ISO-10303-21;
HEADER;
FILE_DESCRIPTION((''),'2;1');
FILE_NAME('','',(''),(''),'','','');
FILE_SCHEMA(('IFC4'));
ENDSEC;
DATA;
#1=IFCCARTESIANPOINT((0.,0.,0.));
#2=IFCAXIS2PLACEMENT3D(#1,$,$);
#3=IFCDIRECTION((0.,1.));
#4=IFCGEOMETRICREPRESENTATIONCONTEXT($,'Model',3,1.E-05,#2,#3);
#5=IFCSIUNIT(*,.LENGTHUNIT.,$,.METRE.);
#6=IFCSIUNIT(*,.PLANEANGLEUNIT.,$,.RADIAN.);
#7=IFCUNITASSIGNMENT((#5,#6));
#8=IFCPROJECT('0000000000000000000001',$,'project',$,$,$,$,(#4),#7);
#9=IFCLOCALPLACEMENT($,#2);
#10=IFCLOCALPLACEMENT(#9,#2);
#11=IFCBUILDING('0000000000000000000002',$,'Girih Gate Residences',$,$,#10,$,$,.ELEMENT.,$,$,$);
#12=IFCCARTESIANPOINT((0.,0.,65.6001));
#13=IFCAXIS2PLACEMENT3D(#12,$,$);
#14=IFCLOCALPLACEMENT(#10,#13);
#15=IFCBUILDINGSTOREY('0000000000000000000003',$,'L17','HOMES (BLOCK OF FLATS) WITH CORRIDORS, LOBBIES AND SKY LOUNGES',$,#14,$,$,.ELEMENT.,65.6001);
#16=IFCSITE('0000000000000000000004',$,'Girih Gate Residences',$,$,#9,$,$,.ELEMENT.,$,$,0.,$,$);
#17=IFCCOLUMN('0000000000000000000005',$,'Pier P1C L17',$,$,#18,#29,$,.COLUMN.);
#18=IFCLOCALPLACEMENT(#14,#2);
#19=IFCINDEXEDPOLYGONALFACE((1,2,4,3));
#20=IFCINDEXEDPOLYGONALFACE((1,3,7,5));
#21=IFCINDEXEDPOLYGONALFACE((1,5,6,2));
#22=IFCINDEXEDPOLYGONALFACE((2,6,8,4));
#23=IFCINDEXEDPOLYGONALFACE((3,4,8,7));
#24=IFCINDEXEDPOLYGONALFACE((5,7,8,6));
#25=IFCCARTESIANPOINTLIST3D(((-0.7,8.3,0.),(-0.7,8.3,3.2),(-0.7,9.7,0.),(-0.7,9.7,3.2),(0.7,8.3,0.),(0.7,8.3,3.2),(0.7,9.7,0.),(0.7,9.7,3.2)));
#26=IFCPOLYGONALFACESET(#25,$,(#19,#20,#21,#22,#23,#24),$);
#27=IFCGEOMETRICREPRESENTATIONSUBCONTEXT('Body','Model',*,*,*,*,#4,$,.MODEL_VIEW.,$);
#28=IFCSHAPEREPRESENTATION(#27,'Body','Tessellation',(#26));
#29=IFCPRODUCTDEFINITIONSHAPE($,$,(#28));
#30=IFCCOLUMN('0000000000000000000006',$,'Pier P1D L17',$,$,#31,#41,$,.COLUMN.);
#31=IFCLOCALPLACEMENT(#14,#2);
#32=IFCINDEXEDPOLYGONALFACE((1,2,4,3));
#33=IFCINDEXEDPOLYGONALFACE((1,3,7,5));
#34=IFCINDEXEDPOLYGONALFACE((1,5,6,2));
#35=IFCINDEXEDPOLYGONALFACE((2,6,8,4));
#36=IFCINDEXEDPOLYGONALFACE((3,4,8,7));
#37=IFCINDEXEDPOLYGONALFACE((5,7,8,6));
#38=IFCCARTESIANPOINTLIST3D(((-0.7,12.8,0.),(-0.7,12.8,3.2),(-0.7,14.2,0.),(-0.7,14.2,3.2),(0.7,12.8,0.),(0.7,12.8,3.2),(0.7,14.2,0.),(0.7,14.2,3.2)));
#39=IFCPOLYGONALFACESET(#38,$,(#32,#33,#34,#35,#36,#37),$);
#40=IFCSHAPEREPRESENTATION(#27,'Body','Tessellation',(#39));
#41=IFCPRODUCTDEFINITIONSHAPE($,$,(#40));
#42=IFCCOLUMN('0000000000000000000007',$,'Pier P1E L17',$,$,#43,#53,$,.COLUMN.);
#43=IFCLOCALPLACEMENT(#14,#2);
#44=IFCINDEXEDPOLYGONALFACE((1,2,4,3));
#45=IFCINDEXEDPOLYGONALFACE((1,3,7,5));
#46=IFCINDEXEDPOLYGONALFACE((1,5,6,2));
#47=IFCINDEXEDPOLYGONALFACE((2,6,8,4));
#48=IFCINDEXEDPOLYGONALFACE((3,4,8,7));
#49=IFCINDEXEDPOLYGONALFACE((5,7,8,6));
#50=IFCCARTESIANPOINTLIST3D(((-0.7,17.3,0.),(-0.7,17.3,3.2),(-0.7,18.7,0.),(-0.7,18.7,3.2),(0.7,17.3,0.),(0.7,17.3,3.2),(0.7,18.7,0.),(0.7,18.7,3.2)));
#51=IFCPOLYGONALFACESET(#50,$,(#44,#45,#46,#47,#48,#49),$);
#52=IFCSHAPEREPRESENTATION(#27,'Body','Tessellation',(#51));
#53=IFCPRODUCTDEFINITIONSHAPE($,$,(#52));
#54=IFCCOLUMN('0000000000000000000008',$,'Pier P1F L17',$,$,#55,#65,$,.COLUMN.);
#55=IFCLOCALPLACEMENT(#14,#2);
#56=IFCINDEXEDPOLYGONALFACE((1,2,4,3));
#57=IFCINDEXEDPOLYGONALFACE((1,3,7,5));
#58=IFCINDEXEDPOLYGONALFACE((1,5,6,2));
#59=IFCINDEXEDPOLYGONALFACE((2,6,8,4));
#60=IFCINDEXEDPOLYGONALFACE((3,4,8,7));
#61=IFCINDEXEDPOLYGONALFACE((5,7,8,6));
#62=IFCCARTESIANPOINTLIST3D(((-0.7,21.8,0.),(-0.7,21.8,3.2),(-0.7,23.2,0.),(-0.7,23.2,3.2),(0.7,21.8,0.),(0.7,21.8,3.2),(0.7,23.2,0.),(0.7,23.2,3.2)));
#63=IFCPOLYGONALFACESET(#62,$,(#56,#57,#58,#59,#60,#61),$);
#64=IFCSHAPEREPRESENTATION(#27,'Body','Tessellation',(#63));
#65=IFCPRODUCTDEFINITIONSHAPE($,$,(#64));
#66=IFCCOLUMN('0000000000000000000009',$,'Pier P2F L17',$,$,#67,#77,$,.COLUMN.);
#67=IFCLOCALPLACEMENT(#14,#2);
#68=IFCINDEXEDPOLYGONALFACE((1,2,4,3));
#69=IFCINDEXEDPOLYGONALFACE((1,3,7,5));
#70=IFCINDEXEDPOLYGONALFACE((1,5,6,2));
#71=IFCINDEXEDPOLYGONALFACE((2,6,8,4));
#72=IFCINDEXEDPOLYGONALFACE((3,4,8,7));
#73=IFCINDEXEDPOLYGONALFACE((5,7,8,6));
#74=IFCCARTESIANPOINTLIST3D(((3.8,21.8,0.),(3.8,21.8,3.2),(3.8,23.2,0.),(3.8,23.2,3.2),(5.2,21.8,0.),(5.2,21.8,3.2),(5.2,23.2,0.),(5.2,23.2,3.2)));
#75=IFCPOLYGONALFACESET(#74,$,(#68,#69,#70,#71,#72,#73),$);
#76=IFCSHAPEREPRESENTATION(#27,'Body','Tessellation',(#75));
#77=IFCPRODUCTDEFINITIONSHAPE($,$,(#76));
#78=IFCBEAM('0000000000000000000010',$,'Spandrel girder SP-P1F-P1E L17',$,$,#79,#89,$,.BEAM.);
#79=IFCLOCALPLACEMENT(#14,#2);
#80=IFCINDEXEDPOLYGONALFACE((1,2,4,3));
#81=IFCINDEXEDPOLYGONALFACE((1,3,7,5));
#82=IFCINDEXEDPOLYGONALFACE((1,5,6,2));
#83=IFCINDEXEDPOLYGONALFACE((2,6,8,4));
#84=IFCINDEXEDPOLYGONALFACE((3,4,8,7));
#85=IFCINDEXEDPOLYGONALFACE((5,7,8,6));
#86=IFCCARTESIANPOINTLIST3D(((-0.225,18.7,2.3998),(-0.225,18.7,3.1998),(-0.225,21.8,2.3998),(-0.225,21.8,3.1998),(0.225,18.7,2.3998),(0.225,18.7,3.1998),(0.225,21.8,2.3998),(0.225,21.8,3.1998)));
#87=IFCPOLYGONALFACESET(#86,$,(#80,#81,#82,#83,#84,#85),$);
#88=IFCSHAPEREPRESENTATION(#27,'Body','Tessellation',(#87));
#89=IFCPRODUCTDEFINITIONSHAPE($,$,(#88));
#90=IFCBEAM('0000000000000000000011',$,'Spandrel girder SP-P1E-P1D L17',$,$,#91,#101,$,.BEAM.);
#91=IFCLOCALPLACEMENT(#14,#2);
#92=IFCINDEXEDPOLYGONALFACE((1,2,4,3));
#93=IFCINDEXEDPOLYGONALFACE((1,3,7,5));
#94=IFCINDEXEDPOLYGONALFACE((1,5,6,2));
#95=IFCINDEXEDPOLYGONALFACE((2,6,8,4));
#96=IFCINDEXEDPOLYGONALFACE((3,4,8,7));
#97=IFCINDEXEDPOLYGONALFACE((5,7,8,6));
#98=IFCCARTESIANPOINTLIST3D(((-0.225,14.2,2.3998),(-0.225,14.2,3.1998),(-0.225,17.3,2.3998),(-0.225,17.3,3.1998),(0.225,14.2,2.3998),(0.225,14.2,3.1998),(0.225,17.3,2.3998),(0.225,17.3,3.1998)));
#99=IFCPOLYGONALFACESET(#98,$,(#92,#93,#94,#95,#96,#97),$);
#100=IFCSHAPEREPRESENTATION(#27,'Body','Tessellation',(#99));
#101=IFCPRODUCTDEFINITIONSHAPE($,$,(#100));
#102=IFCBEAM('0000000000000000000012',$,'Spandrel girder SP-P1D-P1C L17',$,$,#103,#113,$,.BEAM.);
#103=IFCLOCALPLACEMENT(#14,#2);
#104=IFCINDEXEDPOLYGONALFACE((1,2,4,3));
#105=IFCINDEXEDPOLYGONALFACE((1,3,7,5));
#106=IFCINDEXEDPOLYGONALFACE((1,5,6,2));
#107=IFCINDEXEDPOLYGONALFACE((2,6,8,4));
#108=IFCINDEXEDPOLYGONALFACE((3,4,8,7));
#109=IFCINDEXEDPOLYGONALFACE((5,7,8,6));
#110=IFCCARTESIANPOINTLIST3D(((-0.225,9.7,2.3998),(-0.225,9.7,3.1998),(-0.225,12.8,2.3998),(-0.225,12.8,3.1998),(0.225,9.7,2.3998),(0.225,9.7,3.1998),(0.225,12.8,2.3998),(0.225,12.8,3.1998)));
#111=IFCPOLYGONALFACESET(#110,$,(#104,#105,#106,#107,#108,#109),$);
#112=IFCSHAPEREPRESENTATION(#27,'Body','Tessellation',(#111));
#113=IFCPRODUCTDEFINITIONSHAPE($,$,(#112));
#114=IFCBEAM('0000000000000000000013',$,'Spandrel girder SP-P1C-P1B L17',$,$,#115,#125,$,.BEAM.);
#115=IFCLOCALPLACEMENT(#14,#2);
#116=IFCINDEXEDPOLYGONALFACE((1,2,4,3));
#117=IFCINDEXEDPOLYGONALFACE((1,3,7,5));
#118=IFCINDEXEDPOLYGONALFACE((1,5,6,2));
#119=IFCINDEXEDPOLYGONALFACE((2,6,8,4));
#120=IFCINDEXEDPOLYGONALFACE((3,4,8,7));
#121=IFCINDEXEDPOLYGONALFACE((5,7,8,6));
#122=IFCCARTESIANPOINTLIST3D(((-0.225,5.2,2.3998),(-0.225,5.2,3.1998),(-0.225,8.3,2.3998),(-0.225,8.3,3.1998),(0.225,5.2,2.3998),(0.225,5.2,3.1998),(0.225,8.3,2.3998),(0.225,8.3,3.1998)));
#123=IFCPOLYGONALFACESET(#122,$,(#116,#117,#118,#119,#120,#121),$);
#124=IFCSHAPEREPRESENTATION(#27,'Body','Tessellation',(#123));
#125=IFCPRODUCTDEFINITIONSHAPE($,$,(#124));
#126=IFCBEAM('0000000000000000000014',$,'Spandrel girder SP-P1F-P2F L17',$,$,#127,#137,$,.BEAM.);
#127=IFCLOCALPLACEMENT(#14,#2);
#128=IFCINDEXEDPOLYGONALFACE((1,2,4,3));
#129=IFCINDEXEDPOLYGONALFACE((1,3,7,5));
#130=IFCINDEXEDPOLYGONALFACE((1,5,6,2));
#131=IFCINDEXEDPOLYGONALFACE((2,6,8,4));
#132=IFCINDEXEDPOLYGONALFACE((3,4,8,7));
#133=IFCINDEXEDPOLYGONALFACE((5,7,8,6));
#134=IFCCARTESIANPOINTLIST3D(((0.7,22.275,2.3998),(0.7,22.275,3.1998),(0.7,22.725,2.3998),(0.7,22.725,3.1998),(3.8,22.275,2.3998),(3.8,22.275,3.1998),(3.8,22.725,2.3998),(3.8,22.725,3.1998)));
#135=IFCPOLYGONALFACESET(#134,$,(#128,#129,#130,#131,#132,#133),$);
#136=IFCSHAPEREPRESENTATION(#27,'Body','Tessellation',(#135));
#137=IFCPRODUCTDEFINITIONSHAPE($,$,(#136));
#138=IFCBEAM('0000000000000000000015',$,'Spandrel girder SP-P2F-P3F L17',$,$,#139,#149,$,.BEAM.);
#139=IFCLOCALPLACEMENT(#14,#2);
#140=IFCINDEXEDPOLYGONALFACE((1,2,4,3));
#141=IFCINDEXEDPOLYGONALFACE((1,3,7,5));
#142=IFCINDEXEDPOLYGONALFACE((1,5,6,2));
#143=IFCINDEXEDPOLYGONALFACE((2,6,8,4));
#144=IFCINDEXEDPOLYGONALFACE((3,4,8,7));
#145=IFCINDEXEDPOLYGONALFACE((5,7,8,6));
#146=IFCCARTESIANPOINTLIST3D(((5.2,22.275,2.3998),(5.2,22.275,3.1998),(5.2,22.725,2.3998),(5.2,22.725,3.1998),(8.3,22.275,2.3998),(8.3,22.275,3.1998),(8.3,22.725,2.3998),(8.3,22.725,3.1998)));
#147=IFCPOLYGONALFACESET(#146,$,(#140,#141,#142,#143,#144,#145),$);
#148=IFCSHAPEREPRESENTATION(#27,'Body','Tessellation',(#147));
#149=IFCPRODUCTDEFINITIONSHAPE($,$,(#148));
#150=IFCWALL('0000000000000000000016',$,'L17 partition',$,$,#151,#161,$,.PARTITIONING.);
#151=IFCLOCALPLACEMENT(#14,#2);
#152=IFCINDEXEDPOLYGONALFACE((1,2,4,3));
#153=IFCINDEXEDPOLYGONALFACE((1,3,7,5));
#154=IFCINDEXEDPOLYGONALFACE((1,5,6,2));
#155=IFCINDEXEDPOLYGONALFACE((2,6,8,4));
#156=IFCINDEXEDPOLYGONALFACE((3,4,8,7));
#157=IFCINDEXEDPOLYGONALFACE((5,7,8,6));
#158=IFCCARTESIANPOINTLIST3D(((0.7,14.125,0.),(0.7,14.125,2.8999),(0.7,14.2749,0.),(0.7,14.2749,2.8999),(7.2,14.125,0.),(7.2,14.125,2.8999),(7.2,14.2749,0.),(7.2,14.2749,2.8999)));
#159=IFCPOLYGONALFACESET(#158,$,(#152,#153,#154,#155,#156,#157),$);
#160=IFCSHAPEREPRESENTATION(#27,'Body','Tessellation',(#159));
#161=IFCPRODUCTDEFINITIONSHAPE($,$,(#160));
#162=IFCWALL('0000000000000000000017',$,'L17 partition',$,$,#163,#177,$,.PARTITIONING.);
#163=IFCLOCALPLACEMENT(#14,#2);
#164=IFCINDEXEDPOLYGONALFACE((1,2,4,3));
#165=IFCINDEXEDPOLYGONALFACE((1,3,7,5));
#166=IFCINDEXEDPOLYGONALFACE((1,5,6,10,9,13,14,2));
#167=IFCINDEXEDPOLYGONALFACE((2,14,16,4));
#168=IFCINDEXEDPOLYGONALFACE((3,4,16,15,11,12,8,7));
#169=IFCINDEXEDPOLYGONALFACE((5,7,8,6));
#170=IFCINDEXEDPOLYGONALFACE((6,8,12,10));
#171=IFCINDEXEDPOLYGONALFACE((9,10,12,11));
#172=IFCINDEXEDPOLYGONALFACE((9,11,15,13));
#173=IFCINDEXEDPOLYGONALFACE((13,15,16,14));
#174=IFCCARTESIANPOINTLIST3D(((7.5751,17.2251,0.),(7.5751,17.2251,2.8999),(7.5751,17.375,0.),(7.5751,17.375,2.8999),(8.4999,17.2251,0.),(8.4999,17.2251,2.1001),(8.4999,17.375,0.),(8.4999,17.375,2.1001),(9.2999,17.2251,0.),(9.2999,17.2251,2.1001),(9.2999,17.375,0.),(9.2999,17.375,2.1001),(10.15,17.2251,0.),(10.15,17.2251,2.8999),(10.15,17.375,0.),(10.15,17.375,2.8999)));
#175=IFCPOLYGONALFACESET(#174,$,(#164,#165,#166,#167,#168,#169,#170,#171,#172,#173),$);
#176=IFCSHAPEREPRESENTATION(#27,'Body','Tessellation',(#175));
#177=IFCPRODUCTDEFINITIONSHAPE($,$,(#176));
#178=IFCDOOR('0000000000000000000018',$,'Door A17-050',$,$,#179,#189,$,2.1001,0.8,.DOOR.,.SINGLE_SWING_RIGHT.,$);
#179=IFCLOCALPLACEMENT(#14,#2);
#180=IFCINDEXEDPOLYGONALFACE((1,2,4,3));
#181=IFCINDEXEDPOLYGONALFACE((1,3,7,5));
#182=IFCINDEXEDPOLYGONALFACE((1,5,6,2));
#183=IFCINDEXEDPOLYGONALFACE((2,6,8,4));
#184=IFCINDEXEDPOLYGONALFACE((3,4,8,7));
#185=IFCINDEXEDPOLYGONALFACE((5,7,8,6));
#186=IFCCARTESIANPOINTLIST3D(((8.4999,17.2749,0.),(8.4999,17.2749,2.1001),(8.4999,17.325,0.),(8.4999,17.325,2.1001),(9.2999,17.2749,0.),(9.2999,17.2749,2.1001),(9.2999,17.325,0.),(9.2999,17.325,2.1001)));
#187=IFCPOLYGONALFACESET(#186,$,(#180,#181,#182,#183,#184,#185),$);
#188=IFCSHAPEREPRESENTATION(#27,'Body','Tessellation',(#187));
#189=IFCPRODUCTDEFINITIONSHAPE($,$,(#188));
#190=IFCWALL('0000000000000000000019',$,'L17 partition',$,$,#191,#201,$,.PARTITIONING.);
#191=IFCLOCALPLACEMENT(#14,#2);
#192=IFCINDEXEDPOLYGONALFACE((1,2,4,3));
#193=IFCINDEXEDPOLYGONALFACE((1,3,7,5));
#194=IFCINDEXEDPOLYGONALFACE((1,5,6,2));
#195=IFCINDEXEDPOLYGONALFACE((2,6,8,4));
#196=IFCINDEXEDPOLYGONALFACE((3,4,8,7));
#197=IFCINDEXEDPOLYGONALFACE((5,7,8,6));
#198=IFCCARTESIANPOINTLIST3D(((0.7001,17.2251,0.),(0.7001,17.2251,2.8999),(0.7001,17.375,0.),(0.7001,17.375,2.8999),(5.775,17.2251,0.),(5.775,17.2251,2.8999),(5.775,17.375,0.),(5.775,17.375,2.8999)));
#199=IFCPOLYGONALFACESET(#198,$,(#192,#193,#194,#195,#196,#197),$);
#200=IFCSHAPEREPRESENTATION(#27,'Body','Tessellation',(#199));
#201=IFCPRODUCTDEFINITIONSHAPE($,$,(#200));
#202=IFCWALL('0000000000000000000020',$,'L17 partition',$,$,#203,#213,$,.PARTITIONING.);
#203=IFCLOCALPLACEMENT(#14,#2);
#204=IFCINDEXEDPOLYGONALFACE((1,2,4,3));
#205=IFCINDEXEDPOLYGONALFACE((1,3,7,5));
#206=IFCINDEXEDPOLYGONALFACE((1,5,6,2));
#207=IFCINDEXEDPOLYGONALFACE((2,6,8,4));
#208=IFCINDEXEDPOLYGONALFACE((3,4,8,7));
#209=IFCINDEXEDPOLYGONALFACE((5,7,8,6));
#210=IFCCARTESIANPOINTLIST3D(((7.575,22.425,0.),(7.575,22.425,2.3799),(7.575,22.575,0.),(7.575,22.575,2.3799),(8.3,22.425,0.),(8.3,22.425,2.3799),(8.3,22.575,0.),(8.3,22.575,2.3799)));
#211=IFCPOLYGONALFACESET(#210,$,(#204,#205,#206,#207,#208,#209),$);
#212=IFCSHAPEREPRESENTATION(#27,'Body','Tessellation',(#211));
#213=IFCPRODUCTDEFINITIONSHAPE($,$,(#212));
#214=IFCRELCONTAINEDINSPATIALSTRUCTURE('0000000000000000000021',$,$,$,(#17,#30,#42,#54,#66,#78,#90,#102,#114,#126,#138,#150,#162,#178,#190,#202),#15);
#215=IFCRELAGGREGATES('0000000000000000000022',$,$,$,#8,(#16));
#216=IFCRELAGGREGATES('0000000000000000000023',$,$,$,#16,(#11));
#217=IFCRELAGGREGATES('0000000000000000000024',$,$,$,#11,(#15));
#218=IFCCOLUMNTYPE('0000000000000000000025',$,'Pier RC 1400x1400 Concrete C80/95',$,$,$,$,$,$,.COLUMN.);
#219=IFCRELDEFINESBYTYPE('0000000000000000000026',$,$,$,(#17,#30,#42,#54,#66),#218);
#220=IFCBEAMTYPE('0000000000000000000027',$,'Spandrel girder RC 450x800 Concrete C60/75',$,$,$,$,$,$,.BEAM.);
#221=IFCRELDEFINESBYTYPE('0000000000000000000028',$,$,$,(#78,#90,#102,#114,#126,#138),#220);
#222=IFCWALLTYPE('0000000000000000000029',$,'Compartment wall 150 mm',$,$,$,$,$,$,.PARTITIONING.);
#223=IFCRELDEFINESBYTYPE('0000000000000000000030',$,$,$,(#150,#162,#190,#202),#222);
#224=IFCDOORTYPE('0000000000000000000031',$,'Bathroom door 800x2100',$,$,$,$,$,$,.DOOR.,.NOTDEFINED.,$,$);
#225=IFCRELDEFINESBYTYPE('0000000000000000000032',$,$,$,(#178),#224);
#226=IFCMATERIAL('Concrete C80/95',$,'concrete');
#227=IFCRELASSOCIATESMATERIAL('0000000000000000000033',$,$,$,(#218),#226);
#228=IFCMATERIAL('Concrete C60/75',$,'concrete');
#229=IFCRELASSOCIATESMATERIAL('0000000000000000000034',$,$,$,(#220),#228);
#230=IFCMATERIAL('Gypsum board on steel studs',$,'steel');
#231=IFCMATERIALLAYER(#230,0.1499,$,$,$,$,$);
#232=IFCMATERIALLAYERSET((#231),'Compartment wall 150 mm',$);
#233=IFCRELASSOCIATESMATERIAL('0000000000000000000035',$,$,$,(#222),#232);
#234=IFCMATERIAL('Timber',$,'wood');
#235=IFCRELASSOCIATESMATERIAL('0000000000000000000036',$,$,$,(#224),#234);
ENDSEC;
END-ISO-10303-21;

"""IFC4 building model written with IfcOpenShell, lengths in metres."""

from ifc_helpers import new_model, si_unit, direction, frame, frame_2d, origin, origin_2d, place, context, subcontext, project, spatial, rectangle, extrude, material, layer, layer_set, material_profile, profile_set, type_object, element, fill, save


model = new_model("IFC4")

# Units and contexts
model_context = context("Model", 3, precision=1e-05, world=origin(), true_north=direction((0.0, 1.0)))
body_context = subcontext(model_context, "Body", "Model", "MODEL_VIEW")
ifc_project = project(units=[si_unit("LENGTHUNIT", "METRE"), si_unit("PLANEANGLEUNIT", "RADIAN")], contexts=[model_context])

# Site, building, storey
site_placement = place(None, origin())
site = spatial("IfcSite", under=ifc_project, at=site_placement, Name="Girih Gate Residences", CompositionType="ELEMENT", RefElevation=0.0)
building_placement = place(site_placement, origin())
building = spatial("IfcBuilding", under=site, at=building_placement, Name="Girih Gate Residences", CompositionType="ELEMENT")
storey_placement = place(building_placement, frame((0.0, 0.0, 65.6001)))
storey = spatial("IfcBuildingStorey", under=building, at=storey_placement, Name="L17", Description="HOMES (BLOCK OF FLATS) WITH CORRIDORS, LOBBIES AND SKY LOUNGES", CompositionType="ELEMENT", Elevation=65.6001)

# Columns
ifc_material_1 = material(Name="Concrete C80/95", Category="concrete")
ifc_material_profile_1 = material_profile(ifc_material_1, rectangle(XDim=1.3999, YDim=1.3999, at=origin_2d()))
ifc_profile_set_1 = profile_set([ifc_material_profile_1], Name="Concrete C80/95")
column_type = type_object("IfcColumnType", Name="Pier RC 1400x1400 Concrete C80/95", PredefinedType="COLUMN", material=ifc_profile_set_1)
for number, where, z_axis, x_axis, name in (
    (1, (0.0, 9.0, 0.0), (0.0, 0.0, 1.0), (1.0, 0.0, 0.0), "Pier P1C L17"),
    (2, (0.0, 13.5, 0.0), (0.0, 0.0, 1.0), (1.0, 0.0, 0.0), "Pier P1D L17"),
    (3, (0.0, 18.0, 0.0), (0.0, 0.0, 1.0), (1.0, 0.0, 0.0), "Pier P1E L17"),
    (4, (0.0, 22.5, 0.0), (0.0, 0.0, 1.0), (1.0, 0.0, 0.0), "Pier P1F L17"),
    (5, (4.5, 22.5, 0.0), (0.0, 0.0, 1.0), (1.0, 0.0, 0.0), "Pier P2F L17"),
):
    element("IfcColumn", number, at=place(storey_placement, frame(where, z_axis=z_axis, x_axis=x_axis)), inside=storey, type_object=column_type, Name=name, PredefinedType="COLUMN", context=body_context, shape_type="SweptSolid", body=[
        extrude(rectangle(XDim=1.3999, YDim=1.3999, at=origin_2d()), origin(), (0.0, 0.0, 1.0), 3.2),
    ])

# Beams
ifc_material_2 = material(Name="Concrete C60/75", Category="concrete")
ifc_material_profile_2 = material_profile(ifc_material_2, rectangle(XDim=0.45, YDim=0.8, at=origin_2d()))
ifc_profile_set_2 = profile_set([ifc_material_profile_2], Name="Concrete C60/75")
beam_type = type_object("IfcBeamType", Name="Spandrel girder RC 450x800 Concrete C60/75", PredefinedType="BEAM", material=ifc_profile_set_2)
for number, where, z_axis, x_axis, name in (
    (6, (0.0, 21.8, 2.7998), (0.0, -1.0, 0.0), (1.0, 0.0, 0.0), "Spandrel girder SP-P1F-P1E L17"),
    (7, (0.0, 17.3, 2.7998), (0.0, -1.0, 0.0), (1.0, 0.0, 0.0), "Spandrel girder SP-P1E-P1D L17"),
    (8, (0.0, 12.8, 2.7998), (0.0, -1.0, 0.0), (1.0, 0.0, 0.0), "Spandrel girder SP-P1D-P1C L17"),
    (9, (0.0, 8.3, 2.7998), (0.0, -1.0, 0.0), (1.0, 0.0, 0.0), "Spandrel girder SP-P1C-P1B L17"),
    (10, (0.7, 22.5, 2.7998), (1.0, 0.0, 0.0), (0.0, 1.0, 0.0), "Spandrel girder SP-P1F-P2F L17"),
    (11, (5.2, 22.5, 2.7998), (1.0, 0.0, 0.0), (0.0, 1.0, 0.0), "Spandrel girder SP-P2F-P3F L17"),
):
    element("IfcBeam", number, at=place(storey_placement, frame(where, z_axis=z_axis, x_axis=x_axis)), inside=storey, type_object=beam_type, Name=name, PredefinedType="BEAM", context=body_context, shape_type="SweptSolid", body=[
        extrude(rectangle(XDim=0.45, YDim=0.8, at=origin_2d()), origin(), (0.0, 0.0, 1.0), 3.1001),
    ])

# Wall
ifc_material_3 = material(Name="Gypsum board on steel studs", Category="steel")
ifc_layer_1 = layer(ifc_material_3, 0.1499)
ifc_layer_set_1 = layer_set([ifc_layer_1], Name="Compartment wall 150 mm")
wall_type_1 = type_object("IfcWallType", Name="Compartment wall 150 mm", PredefinedType="PARTITIONING", material=ifc_layer_set_1)
wall_1_placement = place(storey_placement, frame((0.7, 14.2, 0.0), z_axis=(0.0, 0.0, 1.0), x_axis=(1.0, 0.0, 0.0)))
element("IfcWall", 12, at=wall_1_placement, inside=storey, type_object=wall_type_1, Name="L17 partition", PredefinedType="PARTITIONING", context=body_context, shape_type="SweptSolid", body=[
    extrude(rectangle(XDim=6.5, YDim=0.1499, at=frame_2d((3.25, 0.0))), origin(), (0.0, 0.0, 1.0), 2.8999),
])

# Wall, opening, door
wall_2_placement = place(storey_placement, frame((7.575, 17.3, 0.0), z_axis=(0.0, 0.0, 1.0), x_axis=(1.0, 0.0, 0.0)))
wall_2 = element("IfcWall", 13, at=wall_2_placement, inside=storey, type_object=wall_type_1, Name="L17 partition", PredefinedType="PARTITIONING", context=body_context, shape_type="SweptSolid", body=[
    extrude(rectangle(XDim=2.575, YDim=0.1499, at=frame_2d((1.2876, 0.0))), origin(), (0.0, 0.0, 1.0), 2.8999),
])
opening_1_placement = place(wall_2_placement, frame((0.925, 0.0, 0.0)))
opening_1 = element("IfcOpeningElement", 14, at=opening_1_placement, cuts=wall_2, PredefinedType="OPENING", context=body_context, shape_type="SweptSolid", body=[
    extrude(rectangle(XDim=0.8, YDim=2.1001, at=frame_2d((0.3999, 1.05))), frame((0.0, 0.085, 0.0), z_axis=(0.0, -1.0, 0.0), x_axis=(1.0, 0.0, 0.0)), (0.0, 0.0, 1.0), 0.1699),
])
ifc_material_4 = material(Name="Timber", Category="wood")
door_type_1 = type_object("IfcDoorType", Name="Bathroom door 800x2100", OperationType="NOTDEFINED", PredefinedType="DOOR", material=ifc_material_4)
door_1_placement = place(opening_1_placement, origin())
door_1 = element("IfcDoor", 15, at=door_1_placement, inside=storey, type_object=door_type_1, Name="Door A17-050", OperationType="SINGLE_SWING_RIGHT", OverallHeight=2.1001, OverallWidth=0.8, PredefinedType="DOOR", context=body_context, shape_type="SweptSolid", body=[
    extrude(rectangle(XDim=0.8, YDim=2.1001, at=frame_2d((0.3999, 1.05))), frame((0.0, 0.0249, 0.0), z_axis=(0.0, -1.0, 0.0), x_axis=(1.0, 0.0, 0.0)), (0.0, 0.0, 1.0), 0.05),
])
fill(opening_1, door_1)

# Walls
wall_3_placement = place(storey_placement, frame((0.7, 17.3, 0.0), z_axis=(0.0, 0.0, 1.0), x_axis=(1.0, 0.0, 0.0)))
element("IfcWall", 16, at=wall_3_placement, inside=storey, type_object=wall_type_1, Name="L17 partition", PredefinedType="PARTITIONING", context=body_context, shape_type="SweptSolid", body=[
    extrude(rectangle(XDim=5.075, YDim=0.1499, at=frame_2d((2.5376, 0.0))), origin(), (0.0, 0.0, 1.0), 2.8999),
])
wall_4_placement = place(storey_placement, frame((7.575, 22.5, 0.0), z_axis=(0.0, 0.0, 1.0), x_axis=(1.0, 0.0, 0.0)))
element("IfcWall", 17, at=wall_4_placement, inside=storey, type_object=wall_type_1, Name="L17 partition", PredefinedType="PARTITIONING", context=body_context, shape_type="SweptSolid", body=[
    extrude(rectangle(XDim=0.7251, YDim=0.1499, at=frame_2d((0.3625, 0.0))), origin(), (0.0, 0.0, 1.0), 2.3799),
])

save(model, "model.ifc")
